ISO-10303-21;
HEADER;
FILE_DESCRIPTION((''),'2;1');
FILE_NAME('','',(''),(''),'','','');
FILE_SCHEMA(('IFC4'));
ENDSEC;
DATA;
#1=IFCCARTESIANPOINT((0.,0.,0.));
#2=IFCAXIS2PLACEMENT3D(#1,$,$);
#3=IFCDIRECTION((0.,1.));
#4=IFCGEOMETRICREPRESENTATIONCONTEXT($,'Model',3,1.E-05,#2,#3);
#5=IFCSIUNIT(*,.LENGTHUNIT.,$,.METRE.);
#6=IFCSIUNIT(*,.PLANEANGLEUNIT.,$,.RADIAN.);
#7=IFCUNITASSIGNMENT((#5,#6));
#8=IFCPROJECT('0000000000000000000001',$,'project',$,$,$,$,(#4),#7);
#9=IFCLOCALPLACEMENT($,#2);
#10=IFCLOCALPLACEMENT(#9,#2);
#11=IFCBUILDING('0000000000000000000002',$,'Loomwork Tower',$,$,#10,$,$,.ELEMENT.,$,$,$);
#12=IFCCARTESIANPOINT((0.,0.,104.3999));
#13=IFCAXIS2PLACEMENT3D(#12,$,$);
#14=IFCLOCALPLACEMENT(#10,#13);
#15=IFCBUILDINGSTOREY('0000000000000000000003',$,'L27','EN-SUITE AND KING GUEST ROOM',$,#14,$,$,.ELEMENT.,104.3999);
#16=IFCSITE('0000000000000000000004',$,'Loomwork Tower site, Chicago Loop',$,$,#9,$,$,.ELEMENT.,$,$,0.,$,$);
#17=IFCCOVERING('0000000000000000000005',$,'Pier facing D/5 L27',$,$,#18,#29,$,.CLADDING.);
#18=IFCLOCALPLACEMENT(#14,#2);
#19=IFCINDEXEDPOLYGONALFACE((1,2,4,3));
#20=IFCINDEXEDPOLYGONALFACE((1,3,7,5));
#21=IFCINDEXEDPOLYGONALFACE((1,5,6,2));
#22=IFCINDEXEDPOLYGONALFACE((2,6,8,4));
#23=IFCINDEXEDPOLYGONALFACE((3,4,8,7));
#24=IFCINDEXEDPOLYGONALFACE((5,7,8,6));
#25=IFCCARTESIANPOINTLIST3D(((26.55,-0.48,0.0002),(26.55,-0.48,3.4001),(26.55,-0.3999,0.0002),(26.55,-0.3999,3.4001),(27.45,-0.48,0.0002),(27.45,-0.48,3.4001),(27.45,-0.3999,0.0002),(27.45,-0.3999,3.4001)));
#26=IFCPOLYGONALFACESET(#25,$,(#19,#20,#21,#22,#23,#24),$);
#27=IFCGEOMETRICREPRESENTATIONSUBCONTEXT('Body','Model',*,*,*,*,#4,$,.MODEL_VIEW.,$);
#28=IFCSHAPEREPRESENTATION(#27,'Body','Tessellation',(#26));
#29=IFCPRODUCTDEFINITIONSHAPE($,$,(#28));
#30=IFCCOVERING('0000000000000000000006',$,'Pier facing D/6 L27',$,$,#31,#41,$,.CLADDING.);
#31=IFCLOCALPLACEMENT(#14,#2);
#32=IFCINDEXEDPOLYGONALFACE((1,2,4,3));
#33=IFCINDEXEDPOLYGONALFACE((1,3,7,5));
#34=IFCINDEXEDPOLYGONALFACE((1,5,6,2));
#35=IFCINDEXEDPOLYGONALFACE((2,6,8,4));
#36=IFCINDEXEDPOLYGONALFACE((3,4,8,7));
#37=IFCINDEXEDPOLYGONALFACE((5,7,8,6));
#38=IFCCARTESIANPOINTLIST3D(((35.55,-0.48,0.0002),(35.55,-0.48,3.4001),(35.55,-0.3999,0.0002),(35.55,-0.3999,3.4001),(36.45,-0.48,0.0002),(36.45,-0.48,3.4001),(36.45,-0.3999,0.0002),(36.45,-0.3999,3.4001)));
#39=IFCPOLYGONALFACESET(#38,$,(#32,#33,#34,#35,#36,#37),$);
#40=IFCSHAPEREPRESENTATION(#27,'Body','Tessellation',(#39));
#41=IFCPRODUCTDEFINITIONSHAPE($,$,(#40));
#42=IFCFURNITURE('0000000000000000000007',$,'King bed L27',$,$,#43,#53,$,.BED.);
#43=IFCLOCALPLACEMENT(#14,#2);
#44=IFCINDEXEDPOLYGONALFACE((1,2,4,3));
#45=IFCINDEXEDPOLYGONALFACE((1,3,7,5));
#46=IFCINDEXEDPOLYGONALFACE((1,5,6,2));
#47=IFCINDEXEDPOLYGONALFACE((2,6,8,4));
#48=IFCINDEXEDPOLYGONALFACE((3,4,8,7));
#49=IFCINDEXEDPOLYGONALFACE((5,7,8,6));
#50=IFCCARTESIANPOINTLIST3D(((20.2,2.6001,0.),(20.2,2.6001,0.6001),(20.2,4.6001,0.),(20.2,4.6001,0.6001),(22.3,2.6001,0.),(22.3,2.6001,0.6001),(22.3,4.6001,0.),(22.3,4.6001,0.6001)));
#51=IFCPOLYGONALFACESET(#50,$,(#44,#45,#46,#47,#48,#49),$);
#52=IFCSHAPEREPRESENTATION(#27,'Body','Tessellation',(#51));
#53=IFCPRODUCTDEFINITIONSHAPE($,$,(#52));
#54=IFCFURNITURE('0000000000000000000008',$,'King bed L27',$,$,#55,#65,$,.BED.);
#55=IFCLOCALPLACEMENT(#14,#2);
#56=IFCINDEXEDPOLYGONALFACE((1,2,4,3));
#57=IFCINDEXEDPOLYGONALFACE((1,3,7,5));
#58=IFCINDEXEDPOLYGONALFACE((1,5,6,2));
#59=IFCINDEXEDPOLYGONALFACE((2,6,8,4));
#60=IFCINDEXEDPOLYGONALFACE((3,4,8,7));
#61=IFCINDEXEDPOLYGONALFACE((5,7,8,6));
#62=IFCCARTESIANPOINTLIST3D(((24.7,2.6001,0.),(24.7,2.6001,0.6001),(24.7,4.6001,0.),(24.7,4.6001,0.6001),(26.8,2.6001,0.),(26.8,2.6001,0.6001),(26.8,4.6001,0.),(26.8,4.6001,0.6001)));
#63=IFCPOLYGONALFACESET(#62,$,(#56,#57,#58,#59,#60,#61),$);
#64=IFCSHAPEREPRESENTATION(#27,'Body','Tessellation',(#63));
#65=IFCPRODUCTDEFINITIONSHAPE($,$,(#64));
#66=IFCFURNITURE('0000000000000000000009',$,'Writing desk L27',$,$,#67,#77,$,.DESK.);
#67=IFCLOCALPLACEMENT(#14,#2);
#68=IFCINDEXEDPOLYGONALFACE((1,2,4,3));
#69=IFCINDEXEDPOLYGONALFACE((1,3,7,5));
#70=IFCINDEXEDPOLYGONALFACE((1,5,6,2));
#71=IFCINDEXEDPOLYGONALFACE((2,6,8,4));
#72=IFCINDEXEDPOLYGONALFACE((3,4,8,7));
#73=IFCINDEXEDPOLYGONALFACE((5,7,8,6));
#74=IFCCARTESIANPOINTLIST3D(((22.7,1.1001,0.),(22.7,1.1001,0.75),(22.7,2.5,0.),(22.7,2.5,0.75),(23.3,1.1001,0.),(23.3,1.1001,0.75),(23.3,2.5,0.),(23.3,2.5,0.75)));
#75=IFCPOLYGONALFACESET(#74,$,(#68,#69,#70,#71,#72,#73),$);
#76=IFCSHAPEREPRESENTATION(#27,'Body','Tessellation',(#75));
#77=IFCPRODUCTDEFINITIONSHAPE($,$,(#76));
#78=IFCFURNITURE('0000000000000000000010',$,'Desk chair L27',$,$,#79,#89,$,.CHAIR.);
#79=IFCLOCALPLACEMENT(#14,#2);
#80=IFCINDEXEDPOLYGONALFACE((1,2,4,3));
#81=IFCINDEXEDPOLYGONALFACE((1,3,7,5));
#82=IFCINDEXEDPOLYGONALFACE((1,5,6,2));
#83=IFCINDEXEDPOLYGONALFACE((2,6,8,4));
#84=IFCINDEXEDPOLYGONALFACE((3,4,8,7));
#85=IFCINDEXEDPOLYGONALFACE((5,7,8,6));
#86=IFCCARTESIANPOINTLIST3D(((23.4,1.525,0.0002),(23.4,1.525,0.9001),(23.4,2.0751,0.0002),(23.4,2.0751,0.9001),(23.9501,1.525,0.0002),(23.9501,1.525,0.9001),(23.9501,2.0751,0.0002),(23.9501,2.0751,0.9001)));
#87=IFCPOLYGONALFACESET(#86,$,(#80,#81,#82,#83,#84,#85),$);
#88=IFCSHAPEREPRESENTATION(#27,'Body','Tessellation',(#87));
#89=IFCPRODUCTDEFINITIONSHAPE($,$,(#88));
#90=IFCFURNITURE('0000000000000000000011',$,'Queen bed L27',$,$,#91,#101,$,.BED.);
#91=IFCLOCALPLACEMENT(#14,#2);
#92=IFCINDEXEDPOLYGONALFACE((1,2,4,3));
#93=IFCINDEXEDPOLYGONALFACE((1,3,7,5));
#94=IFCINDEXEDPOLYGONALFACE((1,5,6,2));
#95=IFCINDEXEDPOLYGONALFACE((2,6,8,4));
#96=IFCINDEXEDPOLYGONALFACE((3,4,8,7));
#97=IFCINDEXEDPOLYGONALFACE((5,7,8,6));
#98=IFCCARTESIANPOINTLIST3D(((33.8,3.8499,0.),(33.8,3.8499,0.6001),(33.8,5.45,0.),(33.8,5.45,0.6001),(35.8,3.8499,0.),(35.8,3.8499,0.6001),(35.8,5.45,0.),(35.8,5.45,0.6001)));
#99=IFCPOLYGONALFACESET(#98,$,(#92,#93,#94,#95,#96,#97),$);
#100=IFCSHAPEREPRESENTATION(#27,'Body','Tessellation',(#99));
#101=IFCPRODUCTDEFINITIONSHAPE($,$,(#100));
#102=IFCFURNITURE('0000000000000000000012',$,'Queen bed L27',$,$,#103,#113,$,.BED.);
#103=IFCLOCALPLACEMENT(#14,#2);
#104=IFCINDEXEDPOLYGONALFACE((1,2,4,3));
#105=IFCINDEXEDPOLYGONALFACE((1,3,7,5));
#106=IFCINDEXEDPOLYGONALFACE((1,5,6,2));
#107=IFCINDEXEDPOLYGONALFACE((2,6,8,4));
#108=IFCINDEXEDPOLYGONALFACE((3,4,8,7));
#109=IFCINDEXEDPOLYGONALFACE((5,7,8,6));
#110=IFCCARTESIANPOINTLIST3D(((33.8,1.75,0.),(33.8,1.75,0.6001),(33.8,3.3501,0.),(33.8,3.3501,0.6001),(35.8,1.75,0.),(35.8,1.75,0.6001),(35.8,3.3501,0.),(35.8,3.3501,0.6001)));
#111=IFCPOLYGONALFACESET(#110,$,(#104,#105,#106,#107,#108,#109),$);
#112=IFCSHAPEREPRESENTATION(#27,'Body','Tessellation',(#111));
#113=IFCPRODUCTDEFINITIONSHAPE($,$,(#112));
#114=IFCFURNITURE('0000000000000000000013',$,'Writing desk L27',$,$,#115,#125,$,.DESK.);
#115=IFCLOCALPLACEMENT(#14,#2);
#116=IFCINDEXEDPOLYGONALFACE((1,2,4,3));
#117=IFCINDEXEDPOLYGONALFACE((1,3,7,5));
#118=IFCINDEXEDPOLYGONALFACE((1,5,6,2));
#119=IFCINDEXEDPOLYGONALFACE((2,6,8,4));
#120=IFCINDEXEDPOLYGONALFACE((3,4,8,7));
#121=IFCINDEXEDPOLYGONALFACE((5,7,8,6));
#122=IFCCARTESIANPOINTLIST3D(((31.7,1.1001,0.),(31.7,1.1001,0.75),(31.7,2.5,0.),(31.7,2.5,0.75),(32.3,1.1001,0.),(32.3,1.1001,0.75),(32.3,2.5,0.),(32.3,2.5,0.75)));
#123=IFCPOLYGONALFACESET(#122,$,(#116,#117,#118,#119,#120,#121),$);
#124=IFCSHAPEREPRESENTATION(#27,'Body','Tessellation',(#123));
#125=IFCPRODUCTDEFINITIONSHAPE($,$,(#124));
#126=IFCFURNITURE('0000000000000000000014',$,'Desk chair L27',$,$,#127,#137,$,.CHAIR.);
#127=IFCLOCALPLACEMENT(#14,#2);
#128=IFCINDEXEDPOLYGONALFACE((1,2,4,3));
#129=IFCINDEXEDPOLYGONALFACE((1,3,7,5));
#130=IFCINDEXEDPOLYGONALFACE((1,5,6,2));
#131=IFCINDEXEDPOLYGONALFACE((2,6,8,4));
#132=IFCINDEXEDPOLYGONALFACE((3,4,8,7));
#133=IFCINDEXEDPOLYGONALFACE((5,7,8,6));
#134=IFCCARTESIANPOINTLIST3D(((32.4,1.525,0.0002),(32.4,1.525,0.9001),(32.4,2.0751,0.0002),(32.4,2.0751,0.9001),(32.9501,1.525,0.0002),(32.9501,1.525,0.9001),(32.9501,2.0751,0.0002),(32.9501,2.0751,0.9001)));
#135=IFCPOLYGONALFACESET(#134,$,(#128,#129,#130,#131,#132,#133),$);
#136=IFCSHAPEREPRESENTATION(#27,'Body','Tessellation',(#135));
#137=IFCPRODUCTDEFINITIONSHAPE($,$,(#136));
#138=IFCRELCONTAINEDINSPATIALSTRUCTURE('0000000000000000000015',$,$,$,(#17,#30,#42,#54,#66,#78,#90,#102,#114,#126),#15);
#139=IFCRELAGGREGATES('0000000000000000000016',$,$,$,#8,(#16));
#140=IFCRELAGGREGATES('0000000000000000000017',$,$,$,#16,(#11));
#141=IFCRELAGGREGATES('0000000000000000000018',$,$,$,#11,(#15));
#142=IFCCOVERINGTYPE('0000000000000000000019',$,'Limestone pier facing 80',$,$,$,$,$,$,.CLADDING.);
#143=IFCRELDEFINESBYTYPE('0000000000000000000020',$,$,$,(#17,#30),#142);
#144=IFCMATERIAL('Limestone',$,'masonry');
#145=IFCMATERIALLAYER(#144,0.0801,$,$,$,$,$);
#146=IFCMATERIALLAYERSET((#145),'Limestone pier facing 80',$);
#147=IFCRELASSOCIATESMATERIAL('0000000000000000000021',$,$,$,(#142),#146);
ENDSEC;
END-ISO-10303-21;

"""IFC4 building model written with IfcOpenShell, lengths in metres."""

from ifc_helpers import new_model, si_unit, direction, frame, origin, origin_2d, place, context, subcontext, project, spatial, rectangle, extrude, material, layer, layer_set, type_object, element, save


model = new_model("IFC4")

# Units and contexts
model_context = context("Model", 3, precision=1e-05, world=origin(), true_north=direction((0.0, 1.0)))
body_context = subcontext(model_context, "Body", "Model", "MODEL_VIEW")
ifc_project = project(units=[si_unit("LENGTHUNIT", "METRE"), si_unit("PLANEANGLEUNIT", "RADIAN")], contexts=[model_context])

# Site, building, storey
site_placement = place(None, origin())
site = spatial("IfcSite", under=ifc_project, at=site_placement, Name="Loomwork Tower site, Chicago Loop", CompositionType="ELEMENT", RefElevation=0.0)
building_placement = place(site_placement, origin())
building = spatial("IfcBuilding", under=site, at=building_placement, Name="Loomwork Tower", CompositionType="ELEMENT")
storey_placement = place(building_placement, frame((0.0, 0.0, 104.3999)))
storey = spatial("IfcBuildingStorey", under=building, at=storey_placement, Name="L27", Description="EN-SUITE AND KING GUEST ROOM", CompositionType="ELEMENT", Elevation=104.3999)

# Coverings
ifc_material_1 = material(Name="Limestone", Category="masonry")
ifc_layer_1 = layer(ifc_material_1, 0.0801)
ifc_layer_set_1 = layer_set([ifc_layer_1], Name="Limestone pier facing 80")
covering_type = type_object("IfcCoveringType", Name="Limestone pier facing 80", PredefinedType="CLADDING", material=ifc_layer_set_1)
for number, where, z_axis, x_axis, name in (
    (1, (27.0, -0.4399, 0.0002), (0.0, 0.0, 1.0), (1.0, 0.0, 0.0), "Pier facing D/5 L27"),
    (2, (36.0, -0.4399, 0.0002), (0.0, 0.0, 1.0), (1.0, 0.0, 0.0), "Pier facing D/6 L27"),
):
    element("IfcCovering", number, at=place(storey_placement, frame(where, z_axis=z_axis, x_axis=x_axis)), inside=storey, type_object=covering_type, Name=name, PredefinedType="CLADDING", context=body_context, shape_type="SweptSolid", body=[
        extrude(rectangle(XDim=0.8999, YDim=0.0801, at=origin_2d()), origin(), (0.0, 0.0, 1.0), 3.3999),
    ])

# Furniture
for number, where, z_axis, x_axis, name in (
    (3, (21.25, 3.6001, 0.0), (0.0, 0.0, 1.0), (1.0, 0.0, 0.0), "King bed L27"),
    (4, (25.75, 3.6001, 0.0), (0.0, 0.0, 1.0), (1.0, 0.0, 0.0), "King bed L27"),
):
    element("IfcFurniture", number, at=place(storey_placement, frame(where, z_axis=z_axis, x_axis=x_axis)), inside=storey, Name=name, PredefinedType="BED", context=body_context, shape_type="SweptSolid", body=[
        extrude(rectangle(XDim=2.1001, YDim=2.0, at=origin_2d()), origin(), (0.0, 0.0, 1.0), 0.6001),
    ])
furniture_1_placement = place(storey_placement, frame((23.0, 1.8, 0.0), z_axis=(0.0, 0.0, 1.0), x_axis=(1.0, 0.0, 0.0)))
element("IfcFurniture", 5, at=furniture_1_placement, inside=storey, Name="Writing desk L27", PredefinedType="DESK", context=body_context, shape_type="SweptSolid", body=[
    extrude(rectangle(XDim=0.6001, YDim=1.3999, at=origin_2d()), origin(), (0.0, 0.0, 1.0), 0.75),
])
furniture_2_placement = place(storey_placement, frame((23.675, 1.8, 0.0002), z_axis=(0.0, 0.0, 1.0), x_axis=(1.0, 0.0, 0.0)))
element("IfcFurniture", 6, at=furniture_2_placement, inside=storey, Name="Desk chair L27", PredefinedType="CHAIR", context=body_context, shape_type="SweptSolid", body=[
    extrude(rectangle(XDim=0.55, YDim=0.55, at=origin_2d()), origin(), (0.0, 0.0, 1.0), 0.8999),
])
for number, where, z_axis, x_axis, name in (
    (7, (34.8, 4.6499, 0.0), (0.0, 0.0, 1.0), (1.0, 0.0, 0.0), "Queen bed L27"),
    (8, (34.8, 2.55, 0.0), (0.0, 0.0, 1.0), (1.0, 0.0, 0.0), "Queen bed L27"),
):
    element("IfcFurniture", number, at=place(storey_placement, frame(where, z_axis=z_axis, x_axis=x_axis)), inside=storey, Name=name, PredefinedType="BED", context=body_context, shape_type="SweptSolid", body=[
        extrude(rectangle(XDim=2.0, YDim=1.6001, at=origin_2d()), origin(), (0.0, 0.0, 1.0), 0.6001),
    ])
furniture_3_placement = place(storey_placement, frame((32.0, 1.8, 0.0), z_axis=(0.0, 0.0, 1.0), x_axis=(1.0, 0.0, 0.0)))
element("IfcFurniture", 9, at=furniture_3_placement, inside=storey, Name="Writing desk L27", PredefinedType="DESK", context=body_context, shape_type="SweptSolid", body=[
    extrude(rectangle(XDim=0.6001, YDim=1.3999, at=origin_2d()), origin(), (0.0, 0.0, 1.0), 0.75),
])
furniture_4_placement = place(storey_placement, frame((32.675, 1.8, 0.0002), z_axis=(0.0, 0.0, 1.0), x_axis=(1.0, 0.0, 0.0)))
element("IfcFurniture", 10, at=furniture_4_placement, inside=storey, Name="Desk chair L27", PredefinedType="CHAIR", context=body_context, shape_type="SweptSolid", body=[
    extrude(rectangle(XDim=0.55, YDim=0.55, at=origin_2d()), origin(), (0.0, 0.0, 1.0), 0.8999),
])

save(model, "model.ifc")
